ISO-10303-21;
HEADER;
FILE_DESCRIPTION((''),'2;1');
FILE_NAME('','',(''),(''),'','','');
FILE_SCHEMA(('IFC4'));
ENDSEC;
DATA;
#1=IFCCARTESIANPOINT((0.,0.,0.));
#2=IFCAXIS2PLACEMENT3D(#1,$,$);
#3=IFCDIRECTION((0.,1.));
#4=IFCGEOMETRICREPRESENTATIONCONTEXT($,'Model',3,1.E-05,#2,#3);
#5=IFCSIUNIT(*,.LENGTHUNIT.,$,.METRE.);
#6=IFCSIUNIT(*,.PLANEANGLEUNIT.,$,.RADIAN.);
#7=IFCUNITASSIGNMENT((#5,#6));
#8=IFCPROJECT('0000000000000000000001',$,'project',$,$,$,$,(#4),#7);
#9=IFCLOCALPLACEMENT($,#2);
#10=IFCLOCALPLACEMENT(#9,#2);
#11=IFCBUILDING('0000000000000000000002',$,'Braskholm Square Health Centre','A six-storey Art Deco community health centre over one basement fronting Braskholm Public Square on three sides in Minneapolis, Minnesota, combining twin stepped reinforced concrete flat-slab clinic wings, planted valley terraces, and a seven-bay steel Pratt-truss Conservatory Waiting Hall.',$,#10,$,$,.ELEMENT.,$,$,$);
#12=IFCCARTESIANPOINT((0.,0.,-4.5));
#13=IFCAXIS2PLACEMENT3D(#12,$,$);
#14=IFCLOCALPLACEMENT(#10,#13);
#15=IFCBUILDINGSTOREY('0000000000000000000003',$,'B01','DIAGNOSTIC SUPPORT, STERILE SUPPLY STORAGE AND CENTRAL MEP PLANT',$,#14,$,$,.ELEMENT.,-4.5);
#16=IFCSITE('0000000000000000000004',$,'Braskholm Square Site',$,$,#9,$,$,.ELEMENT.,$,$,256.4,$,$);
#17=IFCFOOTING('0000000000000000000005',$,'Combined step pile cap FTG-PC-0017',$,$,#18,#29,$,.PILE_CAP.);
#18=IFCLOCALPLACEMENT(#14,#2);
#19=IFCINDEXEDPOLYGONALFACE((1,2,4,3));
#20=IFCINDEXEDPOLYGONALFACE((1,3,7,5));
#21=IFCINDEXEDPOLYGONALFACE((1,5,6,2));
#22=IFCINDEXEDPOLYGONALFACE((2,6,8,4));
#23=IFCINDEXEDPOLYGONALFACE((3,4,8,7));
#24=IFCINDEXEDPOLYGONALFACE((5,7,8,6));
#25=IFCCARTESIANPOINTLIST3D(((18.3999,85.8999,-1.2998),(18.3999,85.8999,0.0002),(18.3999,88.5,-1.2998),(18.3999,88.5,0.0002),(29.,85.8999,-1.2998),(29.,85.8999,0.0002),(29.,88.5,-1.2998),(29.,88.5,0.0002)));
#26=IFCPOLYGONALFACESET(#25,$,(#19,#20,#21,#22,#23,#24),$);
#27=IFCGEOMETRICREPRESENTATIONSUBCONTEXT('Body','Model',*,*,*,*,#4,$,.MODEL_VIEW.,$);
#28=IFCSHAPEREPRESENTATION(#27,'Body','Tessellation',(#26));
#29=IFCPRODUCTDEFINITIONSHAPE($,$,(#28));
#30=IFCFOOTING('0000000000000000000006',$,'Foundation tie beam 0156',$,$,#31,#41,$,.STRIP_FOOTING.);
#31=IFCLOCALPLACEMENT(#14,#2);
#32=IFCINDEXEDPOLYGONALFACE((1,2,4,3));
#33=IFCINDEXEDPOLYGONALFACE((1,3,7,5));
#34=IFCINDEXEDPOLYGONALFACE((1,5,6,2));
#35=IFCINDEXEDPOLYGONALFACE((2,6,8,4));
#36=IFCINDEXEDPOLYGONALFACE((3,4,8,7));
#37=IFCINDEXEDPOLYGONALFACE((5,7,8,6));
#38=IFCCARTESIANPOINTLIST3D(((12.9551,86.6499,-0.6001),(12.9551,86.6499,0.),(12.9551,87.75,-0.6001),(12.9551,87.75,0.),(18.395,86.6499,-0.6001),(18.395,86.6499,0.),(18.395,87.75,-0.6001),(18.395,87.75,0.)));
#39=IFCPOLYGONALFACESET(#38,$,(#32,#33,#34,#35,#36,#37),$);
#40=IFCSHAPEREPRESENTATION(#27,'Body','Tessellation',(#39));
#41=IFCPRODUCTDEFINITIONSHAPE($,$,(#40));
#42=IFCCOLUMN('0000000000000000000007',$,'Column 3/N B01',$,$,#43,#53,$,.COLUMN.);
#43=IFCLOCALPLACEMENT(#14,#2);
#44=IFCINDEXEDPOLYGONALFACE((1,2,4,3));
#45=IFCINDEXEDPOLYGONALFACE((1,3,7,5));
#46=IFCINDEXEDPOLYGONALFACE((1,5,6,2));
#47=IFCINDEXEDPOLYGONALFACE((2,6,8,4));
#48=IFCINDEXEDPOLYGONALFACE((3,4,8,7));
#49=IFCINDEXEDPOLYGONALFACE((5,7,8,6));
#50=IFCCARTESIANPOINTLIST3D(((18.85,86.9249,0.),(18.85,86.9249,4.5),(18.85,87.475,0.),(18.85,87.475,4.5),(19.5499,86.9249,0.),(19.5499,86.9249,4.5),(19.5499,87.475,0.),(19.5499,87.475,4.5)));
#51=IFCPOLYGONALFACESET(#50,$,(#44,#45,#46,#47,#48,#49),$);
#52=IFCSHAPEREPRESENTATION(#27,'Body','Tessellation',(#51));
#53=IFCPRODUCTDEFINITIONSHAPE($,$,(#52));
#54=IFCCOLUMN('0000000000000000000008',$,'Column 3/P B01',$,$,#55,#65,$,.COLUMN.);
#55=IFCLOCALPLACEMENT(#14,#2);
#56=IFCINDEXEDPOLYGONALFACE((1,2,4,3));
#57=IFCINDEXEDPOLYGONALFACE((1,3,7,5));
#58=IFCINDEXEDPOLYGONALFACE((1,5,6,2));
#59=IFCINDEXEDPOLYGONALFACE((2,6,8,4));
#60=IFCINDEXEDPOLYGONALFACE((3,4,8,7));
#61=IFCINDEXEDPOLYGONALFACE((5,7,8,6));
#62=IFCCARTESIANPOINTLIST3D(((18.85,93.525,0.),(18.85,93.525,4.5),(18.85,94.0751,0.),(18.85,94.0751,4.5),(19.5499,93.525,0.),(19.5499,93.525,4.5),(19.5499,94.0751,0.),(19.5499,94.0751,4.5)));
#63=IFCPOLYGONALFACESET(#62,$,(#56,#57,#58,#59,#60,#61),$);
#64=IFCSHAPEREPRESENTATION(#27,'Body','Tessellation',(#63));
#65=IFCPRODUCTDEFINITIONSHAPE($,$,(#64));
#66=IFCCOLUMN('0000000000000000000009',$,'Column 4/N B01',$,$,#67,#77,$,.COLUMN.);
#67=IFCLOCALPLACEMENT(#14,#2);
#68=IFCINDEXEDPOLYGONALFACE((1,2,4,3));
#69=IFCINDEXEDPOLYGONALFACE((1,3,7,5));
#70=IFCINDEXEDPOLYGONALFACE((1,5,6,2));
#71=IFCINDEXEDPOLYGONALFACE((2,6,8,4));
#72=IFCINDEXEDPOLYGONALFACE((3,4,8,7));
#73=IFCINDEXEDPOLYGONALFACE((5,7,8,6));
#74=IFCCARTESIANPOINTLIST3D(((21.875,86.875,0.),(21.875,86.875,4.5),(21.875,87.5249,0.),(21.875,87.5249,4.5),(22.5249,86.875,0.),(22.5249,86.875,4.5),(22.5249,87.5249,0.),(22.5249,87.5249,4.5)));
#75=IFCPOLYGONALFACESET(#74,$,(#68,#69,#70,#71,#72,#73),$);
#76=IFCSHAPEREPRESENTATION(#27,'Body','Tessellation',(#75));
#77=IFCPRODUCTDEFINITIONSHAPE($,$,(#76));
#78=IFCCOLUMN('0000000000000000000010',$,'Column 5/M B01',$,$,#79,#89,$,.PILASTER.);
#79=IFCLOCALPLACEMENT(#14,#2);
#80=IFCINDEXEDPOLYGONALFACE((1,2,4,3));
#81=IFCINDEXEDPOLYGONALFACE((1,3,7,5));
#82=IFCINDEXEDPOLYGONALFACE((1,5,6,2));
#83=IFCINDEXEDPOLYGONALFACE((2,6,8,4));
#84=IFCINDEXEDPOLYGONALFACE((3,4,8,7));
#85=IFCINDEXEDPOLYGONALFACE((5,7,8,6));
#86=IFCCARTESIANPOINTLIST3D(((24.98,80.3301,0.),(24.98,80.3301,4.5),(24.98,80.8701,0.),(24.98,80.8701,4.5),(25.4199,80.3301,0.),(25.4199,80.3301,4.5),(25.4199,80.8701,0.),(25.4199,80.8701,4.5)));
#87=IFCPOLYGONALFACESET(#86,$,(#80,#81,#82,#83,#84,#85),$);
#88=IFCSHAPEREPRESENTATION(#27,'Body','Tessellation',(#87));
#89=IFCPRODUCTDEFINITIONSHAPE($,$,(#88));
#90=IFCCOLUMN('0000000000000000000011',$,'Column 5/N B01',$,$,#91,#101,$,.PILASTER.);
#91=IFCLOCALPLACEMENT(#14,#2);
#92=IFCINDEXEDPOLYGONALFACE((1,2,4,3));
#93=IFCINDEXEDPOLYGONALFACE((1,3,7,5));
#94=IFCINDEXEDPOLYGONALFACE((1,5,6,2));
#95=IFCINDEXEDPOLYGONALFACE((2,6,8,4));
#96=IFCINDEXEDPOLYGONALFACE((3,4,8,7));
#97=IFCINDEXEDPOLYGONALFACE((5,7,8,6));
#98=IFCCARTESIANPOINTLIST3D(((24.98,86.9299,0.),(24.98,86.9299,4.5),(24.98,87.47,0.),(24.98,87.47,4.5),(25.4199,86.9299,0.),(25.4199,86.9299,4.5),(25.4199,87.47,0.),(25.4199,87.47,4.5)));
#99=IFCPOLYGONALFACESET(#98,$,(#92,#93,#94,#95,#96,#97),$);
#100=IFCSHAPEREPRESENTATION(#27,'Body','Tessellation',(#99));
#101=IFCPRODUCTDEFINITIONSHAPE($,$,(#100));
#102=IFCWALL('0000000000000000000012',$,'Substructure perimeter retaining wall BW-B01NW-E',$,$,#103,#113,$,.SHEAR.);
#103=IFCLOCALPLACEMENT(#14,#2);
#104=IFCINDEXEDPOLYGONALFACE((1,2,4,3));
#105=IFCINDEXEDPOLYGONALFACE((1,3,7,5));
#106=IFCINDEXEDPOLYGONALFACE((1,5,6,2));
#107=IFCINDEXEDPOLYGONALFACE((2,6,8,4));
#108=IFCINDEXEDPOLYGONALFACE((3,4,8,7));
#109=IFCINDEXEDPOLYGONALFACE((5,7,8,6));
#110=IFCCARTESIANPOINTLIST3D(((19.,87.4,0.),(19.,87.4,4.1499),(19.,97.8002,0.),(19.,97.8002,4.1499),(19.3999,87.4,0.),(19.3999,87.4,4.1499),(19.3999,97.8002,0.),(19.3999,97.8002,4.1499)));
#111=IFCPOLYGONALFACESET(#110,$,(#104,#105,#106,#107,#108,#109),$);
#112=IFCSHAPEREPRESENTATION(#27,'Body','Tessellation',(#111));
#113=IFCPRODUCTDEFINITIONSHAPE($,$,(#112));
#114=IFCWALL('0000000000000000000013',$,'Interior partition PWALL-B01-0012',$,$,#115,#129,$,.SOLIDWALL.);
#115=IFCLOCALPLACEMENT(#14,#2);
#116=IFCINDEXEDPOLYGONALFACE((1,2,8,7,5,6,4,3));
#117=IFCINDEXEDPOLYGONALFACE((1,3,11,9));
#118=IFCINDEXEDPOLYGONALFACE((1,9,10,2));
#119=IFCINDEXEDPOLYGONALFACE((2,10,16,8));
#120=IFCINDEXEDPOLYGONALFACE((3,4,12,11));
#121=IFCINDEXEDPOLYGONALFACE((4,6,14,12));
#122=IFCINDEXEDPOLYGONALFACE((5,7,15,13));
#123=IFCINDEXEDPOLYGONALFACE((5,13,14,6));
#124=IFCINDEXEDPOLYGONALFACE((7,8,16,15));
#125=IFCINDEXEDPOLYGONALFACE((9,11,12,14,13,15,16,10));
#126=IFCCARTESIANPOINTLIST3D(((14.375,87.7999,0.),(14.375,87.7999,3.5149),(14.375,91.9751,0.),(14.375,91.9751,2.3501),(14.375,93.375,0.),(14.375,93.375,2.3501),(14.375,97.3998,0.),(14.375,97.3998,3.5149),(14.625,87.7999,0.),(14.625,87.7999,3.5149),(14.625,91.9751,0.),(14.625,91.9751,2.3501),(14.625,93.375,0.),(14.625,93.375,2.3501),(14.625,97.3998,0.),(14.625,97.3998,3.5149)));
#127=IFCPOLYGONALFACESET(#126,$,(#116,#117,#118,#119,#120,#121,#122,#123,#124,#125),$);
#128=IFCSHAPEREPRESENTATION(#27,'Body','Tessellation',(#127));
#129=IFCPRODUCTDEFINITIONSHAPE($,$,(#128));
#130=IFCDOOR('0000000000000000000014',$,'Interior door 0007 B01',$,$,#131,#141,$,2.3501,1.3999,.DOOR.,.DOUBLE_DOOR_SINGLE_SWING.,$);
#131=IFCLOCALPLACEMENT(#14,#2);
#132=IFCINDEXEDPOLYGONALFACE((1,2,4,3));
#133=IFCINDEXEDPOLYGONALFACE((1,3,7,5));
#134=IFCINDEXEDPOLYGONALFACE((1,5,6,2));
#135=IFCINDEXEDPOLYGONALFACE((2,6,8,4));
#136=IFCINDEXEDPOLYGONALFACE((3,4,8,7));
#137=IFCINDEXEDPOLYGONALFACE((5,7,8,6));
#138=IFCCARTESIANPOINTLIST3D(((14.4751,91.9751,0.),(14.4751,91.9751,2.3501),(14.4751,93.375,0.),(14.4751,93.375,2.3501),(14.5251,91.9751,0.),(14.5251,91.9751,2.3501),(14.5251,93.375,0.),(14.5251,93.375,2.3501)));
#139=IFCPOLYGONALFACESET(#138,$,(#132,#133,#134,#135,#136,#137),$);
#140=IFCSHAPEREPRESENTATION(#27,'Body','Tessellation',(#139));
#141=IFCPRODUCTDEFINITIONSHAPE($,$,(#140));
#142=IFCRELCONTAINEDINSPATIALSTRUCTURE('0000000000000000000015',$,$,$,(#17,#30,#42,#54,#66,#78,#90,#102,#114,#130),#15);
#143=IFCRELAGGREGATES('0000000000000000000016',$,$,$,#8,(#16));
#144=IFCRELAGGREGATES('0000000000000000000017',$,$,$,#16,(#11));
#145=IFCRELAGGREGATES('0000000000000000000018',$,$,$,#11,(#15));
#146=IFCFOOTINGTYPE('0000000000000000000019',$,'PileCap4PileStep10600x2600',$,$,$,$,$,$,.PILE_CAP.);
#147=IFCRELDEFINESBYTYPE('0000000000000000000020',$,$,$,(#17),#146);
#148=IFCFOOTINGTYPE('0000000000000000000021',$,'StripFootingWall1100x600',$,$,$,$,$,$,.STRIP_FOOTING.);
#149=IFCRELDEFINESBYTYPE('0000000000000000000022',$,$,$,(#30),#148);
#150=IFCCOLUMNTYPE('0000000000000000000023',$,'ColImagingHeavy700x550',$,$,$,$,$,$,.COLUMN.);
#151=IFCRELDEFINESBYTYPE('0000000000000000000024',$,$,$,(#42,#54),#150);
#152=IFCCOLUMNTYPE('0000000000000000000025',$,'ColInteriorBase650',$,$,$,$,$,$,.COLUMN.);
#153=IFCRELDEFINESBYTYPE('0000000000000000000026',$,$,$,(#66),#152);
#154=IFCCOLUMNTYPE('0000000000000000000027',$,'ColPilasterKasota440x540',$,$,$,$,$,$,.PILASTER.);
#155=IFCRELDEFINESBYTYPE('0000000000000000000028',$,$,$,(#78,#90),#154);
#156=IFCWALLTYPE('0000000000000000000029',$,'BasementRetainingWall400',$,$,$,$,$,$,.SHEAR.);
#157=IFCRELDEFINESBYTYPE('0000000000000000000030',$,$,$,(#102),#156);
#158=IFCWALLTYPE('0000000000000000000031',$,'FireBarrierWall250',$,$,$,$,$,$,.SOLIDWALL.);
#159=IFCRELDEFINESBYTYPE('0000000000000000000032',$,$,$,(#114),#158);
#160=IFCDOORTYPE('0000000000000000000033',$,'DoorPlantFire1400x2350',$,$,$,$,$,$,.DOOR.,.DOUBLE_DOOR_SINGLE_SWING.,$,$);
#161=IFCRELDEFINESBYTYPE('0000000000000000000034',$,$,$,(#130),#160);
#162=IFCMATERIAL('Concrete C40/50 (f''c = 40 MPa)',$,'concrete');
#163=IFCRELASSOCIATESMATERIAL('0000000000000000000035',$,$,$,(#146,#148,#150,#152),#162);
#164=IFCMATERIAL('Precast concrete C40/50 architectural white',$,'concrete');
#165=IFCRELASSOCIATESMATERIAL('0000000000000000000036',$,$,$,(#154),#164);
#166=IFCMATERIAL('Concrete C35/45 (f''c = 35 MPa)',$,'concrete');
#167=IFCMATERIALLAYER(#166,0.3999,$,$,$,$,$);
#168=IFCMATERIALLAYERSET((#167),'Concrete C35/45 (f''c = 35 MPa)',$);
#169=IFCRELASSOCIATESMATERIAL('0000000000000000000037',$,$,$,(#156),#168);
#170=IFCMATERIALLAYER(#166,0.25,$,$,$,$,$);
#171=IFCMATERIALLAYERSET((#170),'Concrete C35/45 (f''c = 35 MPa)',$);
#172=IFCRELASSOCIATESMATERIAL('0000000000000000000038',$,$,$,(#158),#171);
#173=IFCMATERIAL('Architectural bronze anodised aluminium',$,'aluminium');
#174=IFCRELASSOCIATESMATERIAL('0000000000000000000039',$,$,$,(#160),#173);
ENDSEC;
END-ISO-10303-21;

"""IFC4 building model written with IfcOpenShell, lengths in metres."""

from ifc_helpers import new_model, si_unit, direction, frame, frame_2d, origin, origin_with_axes, origin_2d, place, context, subcontext, project, spatial, rectangle, extrude, material, layer, layer_set, material_profile, profile_set, type_object, element, fill, save


model = new_model("IFC4")

# Units and contexts
model_context = context("Model", 3, precision=1e-05, world=origin(), true_north=direction((0.0, 1.0)))
body_context = subcontext(model_context, "Body", "Model", "MODEL_VIEW")
ifc_project = project(units=[si_unit("LENGTHUNIT", "METRE"), si_unit("PLANEANGLEUNIT", "RADIAN")], contexts=[model_context])

# Site, building, storey
site_placement = place(None, origin())
site = spatial("IfcSite", under=ifc_project, at=site_placement, Name="Braskholm Square Site", CompositionType="ELEMENT", RefElevation=256.4)
building_placement = place(site_placement, origin())
building = spatial("IfcBuilding", under=site, at=building_placement, Name="Braskholm Square Health Centre", Description="A six-storey Art Deco community health centre over one basement fronting Braskholm Public Square on three sides in Minneapolis, Minnesota, combining twin stepped reinforced concrete flat-slab clinic wings, planted valley terraces, and a seven-bay steel Pratt-truss Conservatory Waiting Hall.", CompositionType="ELEMENT")
storey_placement = place(building_placement, frame((0.0, 0.0, -4.5)))
storey = spatial("IfcBuildingStorey", under=building, at=storey_placement, Name="B01", Description="DIAGNOSTIC SUPPORT, STERILE SUPPLY STORAGE AND CENTRAL MEP PLANT", CompositionType="ELEMENT", Elevation=-4.5)

# Shared definitions
ifc_material_1 = material(Name="Concrete C40/50 (f'c = 40 MPa)", Category="concrete")

# Footings
footing_type_1 = type_object("IfcFootingType", Name="PileCap4PileStep10600x2600", PredefinedType="PILE_CAP", material=ifc_material_1)
footing_1_placement = place(storey_placement, frame((23.7, 87.2, -1.2998), z_axis=(0.0, 0.0, 1.0), x_axis=(1.0, 0.0, 0.0)))
element("IfcFooting", 1, at=footing_1_placement, inside=storey, type_object=footing_type_1, Name="Combined step pile cap FTG-PC-0017", PredefinedType="PILE_CAP", context=body_context, shape_type="SweptSolid", body=[
    extrude(rectangle(XDim=10.6001, YDim=2.6001, at=origin_2d()), origin(), (0.0, 0.0, 1.0), 1.3),
])
ifc_material_profile_1 = material_profile(ifc_material_1, rectangle(XDim=1.1001, YDim=0.6001, at=origin_2d()), Name="FTG-1100X600")
ifc_profile_set_1 = profile_set([ifc_material_profile_1], Name="Concrete C40/50 (f'c = 40 MPa)")
footing_type_2 = type_object("IfcFootingType", Name="StripFootingWall1100x600", PredefinedType="STRIP_FOOTING", material=ifc_profile_set_1)
footing_2_placement = place(storey_placement, frame((12.9551, 87.2, -0.3), z_axis=(1.0, 0.0, 0.0), x_axis=(0.0, 1.0, 0.0)))
element("IfcFooting", 2, at=footing_2_placement, inside=storey, type_object=footing_type_2, Name="Foundation tie beam 0156", PredefinedType="STRIP_FOOTING", context=body_context, shape_type="SweptSolid", body=[
    extrude(rectangle(XDim=1.1001, YDim=0.6001, at=origin_2d()), origin(), (0.0, 0.0, 1.0), 5.4399),
])

# Columns
ifc_material_profile_2 = material_profile(ifc_material_1, rectangle(XDim=0.7, YDim=0.55, at=origin_2d()), Name="RC-700X550")
ifc_profile_set_2 = profile_set([ifc_material_profile_2], Name="Concrete C40/50 (f'c = 40 MPa)")
column_type_1 = type_object("IfcColumnType", Name="ColImagingHeavy700x550", PredefinedType="COLUMN", material=ifc_profile_set_2)
for number, where, z_axis, x_axis, name in (
    (3, (19.2, 87.2, 0.0), (0.0, 0.0, 1.0), (1.0, 0.0, 0.0), "Column 3/N B01"),
    (4, (19.2, 93.8, 0.0), (0.0, 0.0, 1.0), (1.0, 0.0, 0.0), "Column 3/P B01"),
):
    element("IfcColumn", number, at=place(storey_placement, frame(where, z_axis=z_axis, x_axis=x_axis)), inside=storey, type_object=column_type_1, Name=name, PredefinedType="COLUMN", context=body_context, shape_type="SweptSolid", body=[
        extrude(rectangle(XDim=0.7, YDim=0.55, at=origin_2d()), origin(), (0.0, 0.0, 1.0), 4.5),
    ])
ifc_material_profile_3 = material_profile(ifc_material_1, rectangle(XDim=0.6499, YDim=0.6499, at=origin_2d()), Name="RC-650X650")
ifc_profile_set_3 = profile_set([ifc_material_profile_3], Name="Concrete C40/50 (f'c = 40 MPa)")
column_type_2 = type_object("IfcColumnType", Name="ColInteriorBase650", PredefinedType="COLUMN", material=ifc_profile_set_3)
column_placement = place(storey_placement, frame((22.2, 87.2, 0.0), z_axis=(0.0, 0.0, 1.0), x_axis=(1.0, 0.0, 0.0)))
element("IfcColumn", 5, at=column_placement, inside=storey, type_object=column_type_2, Name="Column 4/N B01", PredefinedType="COLUMN", context=body_context, shape_type="SweptSolid", body=[
    extrude(rectangle(XDim=0.6499, YDim=0.6499, at=origin_2d()), origin(), (0.0, 0.0, 1.0), 4.5),
])
ifc_material_2 = material(Name="Precast concrete C40/50 architectural white", Category="concrete")
ifc_material_profile_4 = material_profile(ifc_material_2, rectangle(XDim=0.4399, YDim=0.54, at=origin_2d()), Name="RC-440X540")
ifc_profile_set_4 = profile_set([ifc_material_profile_4], Name="Precast concrete C40/50 architectural white")
column_type_3 = type_object("IfcColumnType", Name="ColPilasterKasota440x540", PredefinedType="PILASTER", material=ifc_profile_set_4)
for number, where, z_axis, x_axis, name in (
    (6, (25.2, 80.6001, 0.0), (0.0, 0.0, 1.0), (1.0, 0.0, 0.0), "Column 5/M B01"),
    (7, (25.2, 87.2, 0.0), (0.0, 0.0, 1.0), (1.0, 0.0, 0.0), "Column 5/N B01"),
):
    element("IfcColumn", number, at=place(storey_placement, frame(where, z_axis=z_axis, x_axis=x_axis)), inside=storey, type_object=column_type_3, Name=name, PredefinedType="PILASTER", context=body_context, shape_type="SweptSolid", body=[
        extrude(rectangle(XDim=0.4399, YDim=0.54, at=origin_2d()), origin(), (0.0, 0.0, 1.0), 4.5),
    ])

# Wall
ifc_material_3 = material(Name="Concrete C35/45 (f'c = 35 MPa)", Category="concrete")
ifc_layer_1 = layer(ifc_material_3, 0.3999)
ifc_layer_set_1 = layer_set([ifc_layer_1], Name="Concrete C35/45 (f'c = 35 MPa)")
wall_type_1 = type_object("IfcWallType", Name="BasementRetainingWall400", PredefinedType="SHEAR", material=ifc_layer_set_1)
wall_1_placement = place(storey_placement, frame((19.2, 87.3999, 0.0), z_axis=(0.0, 0.0, 1.0), x_axis=(0.0, 1.0, 0.0)))
element("IfcWall", 8, at=wall_1_placement, inside=storey, type_object=wall_type_1, Name="Substructure perimeter retaining wall BW-B01NW-E", PredefinedType="SHEAR", context=body_context, shape_type="SweptSolid", body=[
    extrude(rectangle(XDim=10.4001, YDim=0.3999, at=frame_2d((5.2002, 0.0))), origin(), (0.0, 0.0, 1.0), 4.1499),
])

# Wall, opening, door
ifc_layer_2 = layer(ifc_material_3, 0.25)
ifc_layer_set_2 = layer_set([ifc_layer_2], Name="Concrete C35/45 (f'c = 35 MPa)")
wall_type_2 = type_object("IfcWallType", Name="FireBarrierWall250", PredefinedType="SOLIDWALL", material=ifc_layer_set_2)
wall_2_placement = place(storey_placement, frame((14.5, 87.8, 0.0), z_axis=(0.0, 0.0, 1.0), x_axis=(0.0, 1.0, 0.0)))
wall_2 = element("IfcWall", 9, at=wall_2_placement, inside=storey, type_object=wall_type_2, Name="Interior partition PWALL-B01-0012", PredefinedType="SOLIDWALL", context=body_context, shape_type="SweptSolid", body=[
    extrude(rectangle(XDim=9.5999, YDim=0.25, at=frame_2d((4.7998, 0.0))), origin(), (0.0, 0.0, 1.0), 3.5149),
])
opening_1_placement = place(wall_2_placement, frame((4.175, 0.0, 0.0)))
opening_1 = element("IfcOpeningElement", 10, at=opening_1_placement, cuts=wall_2, PredefinedType="OPENING", context=body_context, shape_type="SweptSolid", body=[
    extrude(rectangle(XDim=1.3999, YDim=2.3501, at=frame_2d((0.7, 1.175))), frame((0.0, 0.135, 0.0), z_axis=(0.0, -1.0, 0.0), x_axis=(1.0, 0.0, 0.0)), (0.0, 0.0, 1.0), 0.27),
])
ifc_material_4 = material(Name="Architectural bronze anodised aluminium", Category="aluminium")
door_type_1 = type_object("IfcDoorType", Name="DoorPlantFire1400x2350", OperationType="DOUBLE_DOOR_SINGLE_SWING", PredefinedType="DOOR", material=ifc_material_4)
door_1_placement = place(opening_1_placement, origin_with_axes())
door_1 = element("IfcDoor", 11, at=door_1_placement, inside=storey, type_object=door_type_1, Name="Interior door 0007 B01", OperationType="DOUBLE_DOOR_SINGLE_SWING", OverallHeight=2.3501, OverallWidth=1.3999, PredefinedType="DOOR", context=body_context, shape_type="SweptSolid", body=[
    extrude(rectangle(XDim=1.3999, YDim=2.3501, at=frame_2d((0.7, 1.175))), frame((0.0, 0.0249, 0.0), z_axis=(0.0, -1.0, 0.0), x_axis=(1.0, 0.0, 0.0)), (0.0, 0.0, 1.0), 0.05),
])
fill(opening_1, door_1)

save(model, "model.ifc")
